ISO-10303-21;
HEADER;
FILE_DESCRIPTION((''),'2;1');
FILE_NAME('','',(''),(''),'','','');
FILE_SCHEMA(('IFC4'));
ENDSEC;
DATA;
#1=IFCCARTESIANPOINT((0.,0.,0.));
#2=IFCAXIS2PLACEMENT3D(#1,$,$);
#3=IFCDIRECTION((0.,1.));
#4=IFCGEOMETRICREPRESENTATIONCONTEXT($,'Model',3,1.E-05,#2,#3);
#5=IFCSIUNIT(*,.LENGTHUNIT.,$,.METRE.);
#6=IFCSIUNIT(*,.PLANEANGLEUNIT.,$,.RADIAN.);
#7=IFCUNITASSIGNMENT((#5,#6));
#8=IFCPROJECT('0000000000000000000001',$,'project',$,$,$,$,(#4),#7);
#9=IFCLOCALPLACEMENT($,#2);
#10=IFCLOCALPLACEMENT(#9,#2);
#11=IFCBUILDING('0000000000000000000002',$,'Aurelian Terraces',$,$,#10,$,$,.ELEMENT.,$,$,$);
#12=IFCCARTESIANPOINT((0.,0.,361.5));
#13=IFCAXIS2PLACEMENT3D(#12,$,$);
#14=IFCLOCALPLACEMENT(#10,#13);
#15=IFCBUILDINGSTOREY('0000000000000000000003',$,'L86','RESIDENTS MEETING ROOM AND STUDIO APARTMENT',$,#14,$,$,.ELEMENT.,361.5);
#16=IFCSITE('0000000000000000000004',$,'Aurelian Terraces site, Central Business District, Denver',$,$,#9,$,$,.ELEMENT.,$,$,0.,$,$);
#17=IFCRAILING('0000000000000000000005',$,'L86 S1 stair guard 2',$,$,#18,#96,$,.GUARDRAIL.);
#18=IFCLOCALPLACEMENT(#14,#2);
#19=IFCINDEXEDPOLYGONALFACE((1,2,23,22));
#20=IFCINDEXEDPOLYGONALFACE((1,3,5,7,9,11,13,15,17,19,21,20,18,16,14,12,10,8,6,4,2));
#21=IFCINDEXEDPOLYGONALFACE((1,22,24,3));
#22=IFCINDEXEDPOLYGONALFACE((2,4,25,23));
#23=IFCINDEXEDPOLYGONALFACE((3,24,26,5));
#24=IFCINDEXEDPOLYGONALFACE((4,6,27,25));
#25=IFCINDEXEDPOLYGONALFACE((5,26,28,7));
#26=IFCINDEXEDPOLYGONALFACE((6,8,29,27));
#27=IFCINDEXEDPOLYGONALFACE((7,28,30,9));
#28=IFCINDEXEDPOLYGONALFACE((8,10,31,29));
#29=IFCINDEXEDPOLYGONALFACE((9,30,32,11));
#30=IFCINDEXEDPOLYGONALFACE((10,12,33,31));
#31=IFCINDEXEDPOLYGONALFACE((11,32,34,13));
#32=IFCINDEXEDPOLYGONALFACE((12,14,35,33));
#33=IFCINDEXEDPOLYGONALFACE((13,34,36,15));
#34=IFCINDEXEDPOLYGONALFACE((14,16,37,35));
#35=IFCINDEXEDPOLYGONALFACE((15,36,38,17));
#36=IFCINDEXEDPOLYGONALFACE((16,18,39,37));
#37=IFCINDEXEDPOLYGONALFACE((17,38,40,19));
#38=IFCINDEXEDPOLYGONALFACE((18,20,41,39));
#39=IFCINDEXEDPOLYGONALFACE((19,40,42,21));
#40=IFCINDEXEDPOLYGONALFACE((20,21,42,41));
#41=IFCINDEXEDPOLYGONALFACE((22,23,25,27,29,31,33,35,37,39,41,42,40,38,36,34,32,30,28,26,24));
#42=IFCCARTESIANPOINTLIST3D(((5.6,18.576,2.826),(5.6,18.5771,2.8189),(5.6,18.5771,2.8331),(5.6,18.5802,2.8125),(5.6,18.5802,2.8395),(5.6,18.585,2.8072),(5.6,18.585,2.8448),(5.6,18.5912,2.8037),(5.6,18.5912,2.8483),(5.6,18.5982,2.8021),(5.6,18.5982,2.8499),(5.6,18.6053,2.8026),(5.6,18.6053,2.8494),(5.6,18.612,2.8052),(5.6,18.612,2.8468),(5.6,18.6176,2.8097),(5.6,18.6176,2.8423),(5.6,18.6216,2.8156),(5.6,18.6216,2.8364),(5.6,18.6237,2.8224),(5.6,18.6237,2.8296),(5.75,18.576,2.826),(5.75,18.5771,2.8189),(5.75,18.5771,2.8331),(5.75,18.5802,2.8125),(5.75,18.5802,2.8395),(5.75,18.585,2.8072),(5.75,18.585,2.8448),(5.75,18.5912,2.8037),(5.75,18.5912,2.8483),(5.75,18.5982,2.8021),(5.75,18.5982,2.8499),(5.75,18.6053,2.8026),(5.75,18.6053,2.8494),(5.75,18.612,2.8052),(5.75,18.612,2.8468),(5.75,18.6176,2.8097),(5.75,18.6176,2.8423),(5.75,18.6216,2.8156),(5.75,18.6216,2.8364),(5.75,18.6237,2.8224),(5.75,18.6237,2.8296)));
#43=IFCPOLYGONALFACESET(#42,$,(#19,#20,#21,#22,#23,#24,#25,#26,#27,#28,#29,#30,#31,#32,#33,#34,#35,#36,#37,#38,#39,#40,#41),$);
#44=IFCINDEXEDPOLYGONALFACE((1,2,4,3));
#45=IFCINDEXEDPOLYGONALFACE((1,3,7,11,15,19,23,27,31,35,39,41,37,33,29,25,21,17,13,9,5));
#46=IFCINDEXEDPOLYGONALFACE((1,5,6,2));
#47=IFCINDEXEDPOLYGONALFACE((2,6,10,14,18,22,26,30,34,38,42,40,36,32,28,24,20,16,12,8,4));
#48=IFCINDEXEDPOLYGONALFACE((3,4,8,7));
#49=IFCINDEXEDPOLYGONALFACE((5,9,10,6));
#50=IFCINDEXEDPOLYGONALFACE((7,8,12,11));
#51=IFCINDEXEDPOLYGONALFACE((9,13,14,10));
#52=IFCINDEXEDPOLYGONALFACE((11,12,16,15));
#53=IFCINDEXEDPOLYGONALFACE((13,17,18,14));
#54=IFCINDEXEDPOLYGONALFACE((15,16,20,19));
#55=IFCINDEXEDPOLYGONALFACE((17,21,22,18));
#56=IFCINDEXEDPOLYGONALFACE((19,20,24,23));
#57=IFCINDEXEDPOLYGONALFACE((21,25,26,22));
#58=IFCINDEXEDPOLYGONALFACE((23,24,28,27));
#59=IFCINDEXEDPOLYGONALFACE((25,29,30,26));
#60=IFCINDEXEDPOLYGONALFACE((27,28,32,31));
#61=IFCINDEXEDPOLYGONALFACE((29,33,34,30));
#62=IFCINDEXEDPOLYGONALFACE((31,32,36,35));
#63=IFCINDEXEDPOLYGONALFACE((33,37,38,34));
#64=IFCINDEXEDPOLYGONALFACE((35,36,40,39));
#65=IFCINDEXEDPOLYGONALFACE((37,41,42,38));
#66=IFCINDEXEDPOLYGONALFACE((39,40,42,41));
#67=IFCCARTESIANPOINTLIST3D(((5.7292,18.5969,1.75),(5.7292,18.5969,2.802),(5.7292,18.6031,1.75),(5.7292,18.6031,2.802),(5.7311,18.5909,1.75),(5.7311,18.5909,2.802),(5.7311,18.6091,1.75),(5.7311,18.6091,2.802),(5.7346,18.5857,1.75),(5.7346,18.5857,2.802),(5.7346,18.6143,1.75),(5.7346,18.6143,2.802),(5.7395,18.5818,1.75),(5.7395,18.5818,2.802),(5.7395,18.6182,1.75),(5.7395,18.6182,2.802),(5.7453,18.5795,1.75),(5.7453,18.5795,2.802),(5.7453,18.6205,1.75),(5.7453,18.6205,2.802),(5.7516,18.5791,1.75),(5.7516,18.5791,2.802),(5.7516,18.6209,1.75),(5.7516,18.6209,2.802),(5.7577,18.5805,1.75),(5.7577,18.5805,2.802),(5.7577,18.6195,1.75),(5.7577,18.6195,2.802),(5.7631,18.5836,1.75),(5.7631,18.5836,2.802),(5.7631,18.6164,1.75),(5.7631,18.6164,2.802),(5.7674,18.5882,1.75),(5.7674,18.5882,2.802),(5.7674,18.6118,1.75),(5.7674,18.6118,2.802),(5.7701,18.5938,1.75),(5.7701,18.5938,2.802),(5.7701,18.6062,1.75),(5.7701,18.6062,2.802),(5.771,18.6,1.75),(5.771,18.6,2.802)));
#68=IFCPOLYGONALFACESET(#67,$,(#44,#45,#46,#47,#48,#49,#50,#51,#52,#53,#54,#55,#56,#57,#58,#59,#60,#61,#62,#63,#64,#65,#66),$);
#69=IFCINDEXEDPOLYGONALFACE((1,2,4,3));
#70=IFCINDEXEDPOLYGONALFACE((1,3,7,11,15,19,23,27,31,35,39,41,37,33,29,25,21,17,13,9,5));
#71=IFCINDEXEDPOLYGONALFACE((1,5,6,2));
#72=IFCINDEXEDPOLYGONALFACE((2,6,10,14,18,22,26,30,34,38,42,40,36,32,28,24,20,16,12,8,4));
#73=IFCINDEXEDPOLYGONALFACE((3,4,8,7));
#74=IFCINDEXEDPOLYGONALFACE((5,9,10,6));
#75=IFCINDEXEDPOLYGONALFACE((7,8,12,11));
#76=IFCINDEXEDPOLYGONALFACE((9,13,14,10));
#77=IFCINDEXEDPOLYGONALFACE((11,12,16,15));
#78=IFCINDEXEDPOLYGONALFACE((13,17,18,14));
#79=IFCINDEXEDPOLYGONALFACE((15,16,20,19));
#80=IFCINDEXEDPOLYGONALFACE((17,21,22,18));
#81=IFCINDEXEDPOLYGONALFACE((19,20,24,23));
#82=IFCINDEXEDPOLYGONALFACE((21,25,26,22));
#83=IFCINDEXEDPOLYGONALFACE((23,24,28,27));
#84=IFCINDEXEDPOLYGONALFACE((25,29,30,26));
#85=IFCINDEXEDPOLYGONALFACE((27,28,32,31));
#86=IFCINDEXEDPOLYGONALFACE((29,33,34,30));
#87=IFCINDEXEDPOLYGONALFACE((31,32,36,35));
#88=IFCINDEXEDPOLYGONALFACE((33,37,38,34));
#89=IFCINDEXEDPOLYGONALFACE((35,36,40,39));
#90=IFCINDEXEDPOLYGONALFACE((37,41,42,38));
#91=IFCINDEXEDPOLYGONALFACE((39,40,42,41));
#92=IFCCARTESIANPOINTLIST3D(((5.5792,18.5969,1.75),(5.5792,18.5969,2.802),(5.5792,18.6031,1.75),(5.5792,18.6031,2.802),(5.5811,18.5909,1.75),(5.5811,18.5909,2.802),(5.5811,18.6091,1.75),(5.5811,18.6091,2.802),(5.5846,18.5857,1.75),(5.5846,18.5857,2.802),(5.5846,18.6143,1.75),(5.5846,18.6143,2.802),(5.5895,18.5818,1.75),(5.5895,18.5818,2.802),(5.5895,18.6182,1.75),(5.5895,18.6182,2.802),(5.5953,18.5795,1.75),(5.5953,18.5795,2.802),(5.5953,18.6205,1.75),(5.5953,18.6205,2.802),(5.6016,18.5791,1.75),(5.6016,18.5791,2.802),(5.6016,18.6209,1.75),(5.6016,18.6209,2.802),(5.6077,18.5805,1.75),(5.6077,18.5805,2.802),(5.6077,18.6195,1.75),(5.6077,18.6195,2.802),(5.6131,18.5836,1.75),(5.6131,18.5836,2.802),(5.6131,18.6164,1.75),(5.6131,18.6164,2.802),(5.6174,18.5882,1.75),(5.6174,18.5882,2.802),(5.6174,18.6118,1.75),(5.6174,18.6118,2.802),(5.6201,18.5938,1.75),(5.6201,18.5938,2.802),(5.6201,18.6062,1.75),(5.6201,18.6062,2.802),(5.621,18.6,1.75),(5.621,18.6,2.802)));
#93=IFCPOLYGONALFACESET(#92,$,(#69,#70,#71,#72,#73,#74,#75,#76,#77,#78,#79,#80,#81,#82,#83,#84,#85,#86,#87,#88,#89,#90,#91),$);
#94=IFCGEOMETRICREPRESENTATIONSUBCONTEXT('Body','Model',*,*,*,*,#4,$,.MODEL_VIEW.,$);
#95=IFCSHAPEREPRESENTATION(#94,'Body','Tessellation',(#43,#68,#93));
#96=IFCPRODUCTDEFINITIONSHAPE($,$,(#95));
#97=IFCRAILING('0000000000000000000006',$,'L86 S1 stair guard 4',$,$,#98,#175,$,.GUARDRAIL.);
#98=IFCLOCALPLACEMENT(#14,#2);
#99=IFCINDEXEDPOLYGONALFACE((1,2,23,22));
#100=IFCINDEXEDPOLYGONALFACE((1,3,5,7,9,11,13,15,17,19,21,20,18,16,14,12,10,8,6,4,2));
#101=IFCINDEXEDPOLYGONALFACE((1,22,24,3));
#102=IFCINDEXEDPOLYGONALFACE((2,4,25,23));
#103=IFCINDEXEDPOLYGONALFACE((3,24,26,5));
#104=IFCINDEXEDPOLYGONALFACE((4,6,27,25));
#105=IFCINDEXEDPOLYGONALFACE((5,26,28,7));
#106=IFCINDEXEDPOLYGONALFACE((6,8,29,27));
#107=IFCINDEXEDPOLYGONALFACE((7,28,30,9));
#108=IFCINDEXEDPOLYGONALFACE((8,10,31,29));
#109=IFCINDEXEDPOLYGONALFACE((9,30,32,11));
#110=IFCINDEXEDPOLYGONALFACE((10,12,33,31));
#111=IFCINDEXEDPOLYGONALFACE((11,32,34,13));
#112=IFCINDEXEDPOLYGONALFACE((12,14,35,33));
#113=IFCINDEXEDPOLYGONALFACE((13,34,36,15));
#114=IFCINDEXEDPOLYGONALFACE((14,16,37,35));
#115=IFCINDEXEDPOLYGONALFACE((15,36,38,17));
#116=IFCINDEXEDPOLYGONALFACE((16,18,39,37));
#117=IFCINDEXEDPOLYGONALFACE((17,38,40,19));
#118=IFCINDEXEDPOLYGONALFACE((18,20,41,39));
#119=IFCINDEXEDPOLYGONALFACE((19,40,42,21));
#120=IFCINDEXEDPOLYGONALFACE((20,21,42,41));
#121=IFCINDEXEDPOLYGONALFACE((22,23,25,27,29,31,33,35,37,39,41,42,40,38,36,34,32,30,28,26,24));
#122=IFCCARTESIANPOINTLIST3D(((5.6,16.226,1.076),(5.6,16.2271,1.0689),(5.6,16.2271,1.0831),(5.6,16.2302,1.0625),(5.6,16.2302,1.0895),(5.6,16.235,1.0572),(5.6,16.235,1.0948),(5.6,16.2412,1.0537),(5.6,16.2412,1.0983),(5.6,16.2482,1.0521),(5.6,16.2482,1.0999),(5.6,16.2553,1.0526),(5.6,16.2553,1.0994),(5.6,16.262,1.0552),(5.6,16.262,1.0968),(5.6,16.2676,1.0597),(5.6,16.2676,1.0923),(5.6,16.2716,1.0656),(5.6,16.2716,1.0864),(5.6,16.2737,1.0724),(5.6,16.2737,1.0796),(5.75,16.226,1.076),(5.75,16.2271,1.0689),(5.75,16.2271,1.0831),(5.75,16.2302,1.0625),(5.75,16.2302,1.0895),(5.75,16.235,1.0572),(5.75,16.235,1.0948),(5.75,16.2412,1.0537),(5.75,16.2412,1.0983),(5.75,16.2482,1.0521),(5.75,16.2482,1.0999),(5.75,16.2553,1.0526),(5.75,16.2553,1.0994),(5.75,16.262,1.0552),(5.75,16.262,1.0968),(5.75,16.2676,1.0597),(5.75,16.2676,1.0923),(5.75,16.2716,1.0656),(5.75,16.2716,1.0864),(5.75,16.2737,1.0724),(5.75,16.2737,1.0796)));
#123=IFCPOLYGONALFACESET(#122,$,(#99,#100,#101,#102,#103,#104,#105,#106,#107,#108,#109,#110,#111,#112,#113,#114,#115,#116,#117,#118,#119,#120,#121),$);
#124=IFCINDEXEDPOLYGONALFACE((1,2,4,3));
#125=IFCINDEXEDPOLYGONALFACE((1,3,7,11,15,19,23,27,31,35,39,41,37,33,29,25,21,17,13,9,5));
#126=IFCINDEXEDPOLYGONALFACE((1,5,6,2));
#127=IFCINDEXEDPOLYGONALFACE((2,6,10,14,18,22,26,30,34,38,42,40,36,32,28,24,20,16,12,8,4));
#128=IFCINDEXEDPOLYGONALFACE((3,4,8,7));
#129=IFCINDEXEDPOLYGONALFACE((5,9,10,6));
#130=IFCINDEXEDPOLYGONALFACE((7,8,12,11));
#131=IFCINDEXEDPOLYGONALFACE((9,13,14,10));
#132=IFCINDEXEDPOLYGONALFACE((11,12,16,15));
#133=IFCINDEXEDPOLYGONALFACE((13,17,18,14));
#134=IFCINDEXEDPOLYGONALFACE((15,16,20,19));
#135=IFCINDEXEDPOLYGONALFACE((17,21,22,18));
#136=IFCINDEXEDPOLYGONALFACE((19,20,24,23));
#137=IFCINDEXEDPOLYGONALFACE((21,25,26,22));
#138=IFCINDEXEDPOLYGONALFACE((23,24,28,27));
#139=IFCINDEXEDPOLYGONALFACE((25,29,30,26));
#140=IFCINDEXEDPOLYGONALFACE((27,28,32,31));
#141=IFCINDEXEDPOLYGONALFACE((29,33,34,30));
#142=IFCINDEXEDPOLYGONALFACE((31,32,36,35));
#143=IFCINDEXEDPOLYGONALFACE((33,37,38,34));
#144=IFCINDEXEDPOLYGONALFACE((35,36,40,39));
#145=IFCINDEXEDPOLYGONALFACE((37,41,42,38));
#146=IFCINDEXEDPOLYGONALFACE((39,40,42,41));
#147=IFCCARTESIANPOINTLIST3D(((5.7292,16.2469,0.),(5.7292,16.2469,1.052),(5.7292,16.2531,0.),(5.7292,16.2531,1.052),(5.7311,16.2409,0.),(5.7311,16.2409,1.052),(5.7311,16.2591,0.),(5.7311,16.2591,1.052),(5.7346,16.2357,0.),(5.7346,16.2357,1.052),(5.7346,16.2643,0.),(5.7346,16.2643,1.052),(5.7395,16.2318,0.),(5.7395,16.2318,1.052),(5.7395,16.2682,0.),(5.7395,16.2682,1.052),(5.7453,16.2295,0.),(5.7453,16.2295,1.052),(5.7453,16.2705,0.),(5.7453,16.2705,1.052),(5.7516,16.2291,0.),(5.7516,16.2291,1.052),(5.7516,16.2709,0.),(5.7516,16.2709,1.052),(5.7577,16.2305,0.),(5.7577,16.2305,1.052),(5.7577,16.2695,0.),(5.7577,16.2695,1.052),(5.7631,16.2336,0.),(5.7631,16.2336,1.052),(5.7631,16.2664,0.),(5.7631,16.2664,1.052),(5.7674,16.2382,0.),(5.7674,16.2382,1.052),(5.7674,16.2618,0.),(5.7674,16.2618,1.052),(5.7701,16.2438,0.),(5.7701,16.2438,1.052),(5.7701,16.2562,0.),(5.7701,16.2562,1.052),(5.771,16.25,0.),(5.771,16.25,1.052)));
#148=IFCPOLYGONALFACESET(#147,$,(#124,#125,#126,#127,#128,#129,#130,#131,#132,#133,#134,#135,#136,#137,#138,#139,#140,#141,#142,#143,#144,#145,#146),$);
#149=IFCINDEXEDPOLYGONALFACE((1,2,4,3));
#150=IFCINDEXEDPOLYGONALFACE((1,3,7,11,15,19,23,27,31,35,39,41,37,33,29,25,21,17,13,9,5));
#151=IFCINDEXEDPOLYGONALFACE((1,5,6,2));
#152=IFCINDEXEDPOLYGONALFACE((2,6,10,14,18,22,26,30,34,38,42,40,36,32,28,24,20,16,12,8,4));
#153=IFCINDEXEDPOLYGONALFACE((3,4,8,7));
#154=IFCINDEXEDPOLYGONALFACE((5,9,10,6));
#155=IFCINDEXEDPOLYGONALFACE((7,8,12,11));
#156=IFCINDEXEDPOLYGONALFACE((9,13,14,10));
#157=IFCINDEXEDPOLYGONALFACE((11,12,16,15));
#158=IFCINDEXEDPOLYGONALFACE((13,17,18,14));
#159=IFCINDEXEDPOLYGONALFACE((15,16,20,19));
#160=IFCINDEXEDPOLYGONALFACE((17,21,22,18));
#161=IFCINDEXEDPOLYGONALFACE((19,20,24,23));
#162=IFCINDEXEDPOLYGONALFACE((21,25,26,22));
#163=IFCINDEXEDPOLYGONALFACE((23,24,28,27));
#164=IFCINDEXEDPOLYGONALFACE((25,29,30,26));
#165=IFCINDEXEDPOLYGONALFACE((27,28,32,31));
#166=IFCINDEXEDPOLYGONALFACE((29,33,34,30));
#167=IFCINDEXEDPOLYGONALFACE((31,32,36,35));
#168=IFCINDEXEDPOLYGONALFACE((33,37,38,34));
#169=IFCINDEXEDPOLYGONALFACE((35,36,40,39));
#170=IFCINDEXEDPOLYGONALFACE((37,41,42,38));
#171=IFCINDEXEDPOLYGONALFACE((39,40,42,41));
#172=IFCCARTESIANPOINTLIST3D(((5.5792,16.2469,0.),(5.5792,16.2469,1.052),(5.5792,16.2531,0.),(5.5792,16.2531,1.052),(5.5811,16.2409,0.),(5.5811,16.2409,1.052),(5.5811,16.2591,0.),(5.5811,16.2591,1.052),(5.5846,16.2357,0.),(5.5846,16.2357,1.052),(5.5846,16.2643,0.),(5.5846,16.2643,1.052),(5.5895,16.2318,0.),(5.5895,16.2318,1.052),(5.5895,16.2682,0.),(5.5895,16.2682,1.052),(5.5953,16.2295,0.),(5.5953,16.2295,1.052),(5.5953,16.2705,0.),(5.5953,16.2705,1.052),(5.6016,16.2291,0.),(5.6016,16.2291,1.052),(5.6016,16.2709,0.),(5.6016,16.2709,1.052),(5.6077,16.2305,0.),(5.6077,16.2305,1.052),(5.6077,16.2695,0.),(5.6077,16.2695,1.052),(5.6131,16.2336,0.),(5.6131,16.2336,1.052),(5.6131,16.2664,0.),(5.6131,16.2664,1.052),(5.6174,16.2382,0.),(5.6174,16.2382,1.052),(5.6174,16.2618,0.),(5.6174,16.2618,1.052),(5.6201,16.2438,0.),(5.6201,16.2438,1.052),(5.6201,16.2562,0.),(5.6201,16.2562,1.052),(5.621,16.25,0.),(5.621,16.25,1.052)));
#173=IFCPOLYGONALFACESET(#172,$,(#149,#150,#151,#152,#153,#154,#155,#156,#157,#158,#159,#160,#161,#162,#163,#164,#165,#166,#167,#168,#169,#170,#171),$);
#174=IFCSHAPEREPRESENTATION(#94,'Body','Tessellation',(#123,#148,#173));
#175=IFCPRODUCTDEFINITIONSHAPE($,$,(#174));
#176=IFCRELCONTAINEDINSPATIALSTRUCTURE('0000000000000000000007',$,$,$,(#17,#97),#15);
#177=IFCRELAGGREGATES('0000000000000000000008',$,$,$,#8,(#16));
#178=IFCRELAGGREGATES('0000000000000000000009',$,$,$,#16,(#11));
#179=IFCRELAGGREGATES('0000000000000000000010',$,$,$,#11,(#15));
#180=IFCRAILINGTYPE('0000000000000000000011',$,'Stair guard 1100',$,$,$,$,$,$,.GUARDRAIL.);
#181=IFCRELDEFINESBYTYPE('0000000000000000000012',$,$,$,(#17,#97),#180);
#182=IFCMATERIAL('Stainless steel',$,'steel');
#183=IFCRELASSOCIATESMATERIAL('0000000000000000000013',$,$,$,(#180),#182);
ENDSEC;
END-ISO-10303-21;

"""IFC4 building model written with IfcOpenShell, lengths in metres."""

from ifc_helpers import new_model, si_unit, direction, frame, origin, origin_2d, place, context, subcontext, project, spatial, circle, extrude, source, transform, mapped, material, type_object, element, save


model = new_model("IFC4")

# Units and contexts
model_context = context("Model", 3, precision=1e-05, world=origin(), true_north=direction((0.0, 1.0)))
body_context = subcontext(model_context, "Body", "Model", "MODEL_VIEW")
ifc_project = project(units=[si_unit("LENGTHUNIT", "METRE"), si_unit("PLANEANGLEUNIT", "RADIAN")], contexts=[model_context])

# Site, building, storey
site_placement = place(None, origin())
site = spatial("IfcSite", under=ifc_project, at=site_placement, Name="Aurelian Terraces site, Central Business District, Denver", CompositionType="ELEMENT", RefElevation=0.0)
building_placement = place(site_placement, origin())
building = spatial("IfcBuilding", under=site, at=building_placement, Name="Aurelian Terraces", CompositionType="ELEMENT")
storey_placement = place(building_placement, frame((0.0, 0.0, 361.5)))
storey = spatial("IfcBuildingStorey", under=building, at=storey_placement, Name="L86", Description="RESIDENTS MEETING ROOM AND STUDIO APARTMENT", CompositionType="ELEMENT", Elevation=361.5)

# Shared definitions
ifc_material_1 = material(Name="Stainless steel", Category="steel")

# Railings
railing_type_1 = type_object("IfcRailingType", Name="Stair guard 1100", PredefinedType="GUARDRAIL", material=ifc_material_1)
shared_shape_1 = source(origin(), body_context, "Body", "SweptSolid", [
    extrude(circle(Radius=0.024, at=origin_2d()), frame((0.0, 0.0, 1.076), z_axis=(-1.0, 0.0, 0.0), x_axis=(0.0, -1.0, 0.0)), (0.0, 0.0, 1.0), 0.15),
    extrude(circle(Radius=0.021, at=origin_2d()), origin(), (0.0, 0.0, 1.0), 1.052),
    extrude(circle(Radius=0.021, at=origin_2d()), frame((-0.15, 0.0, 0.0)), (0.0, 0.0, 1.0), 1.052),
])
for number, where, name in (
    (1, (5.75, 18.6, 1.75), "L86 S1 stair guard 2"),
    (2, (5.75, 16.25, 0.0), "L86 S1 stair guard 4"),
):
    element("IfcRailing", number, at=place(storey_placement, frame(where)), inside=storey, type_object=railing_type_1, Name=name, PredefinedType="GUARDRAIL", context=body_context, shape_type="MappedRepresentation", body=[
        mapped(shared_shape_1, transform((0.0, 0.0, 0.0), scale=1.0)),
    ])

save(model, "model.ifc")
